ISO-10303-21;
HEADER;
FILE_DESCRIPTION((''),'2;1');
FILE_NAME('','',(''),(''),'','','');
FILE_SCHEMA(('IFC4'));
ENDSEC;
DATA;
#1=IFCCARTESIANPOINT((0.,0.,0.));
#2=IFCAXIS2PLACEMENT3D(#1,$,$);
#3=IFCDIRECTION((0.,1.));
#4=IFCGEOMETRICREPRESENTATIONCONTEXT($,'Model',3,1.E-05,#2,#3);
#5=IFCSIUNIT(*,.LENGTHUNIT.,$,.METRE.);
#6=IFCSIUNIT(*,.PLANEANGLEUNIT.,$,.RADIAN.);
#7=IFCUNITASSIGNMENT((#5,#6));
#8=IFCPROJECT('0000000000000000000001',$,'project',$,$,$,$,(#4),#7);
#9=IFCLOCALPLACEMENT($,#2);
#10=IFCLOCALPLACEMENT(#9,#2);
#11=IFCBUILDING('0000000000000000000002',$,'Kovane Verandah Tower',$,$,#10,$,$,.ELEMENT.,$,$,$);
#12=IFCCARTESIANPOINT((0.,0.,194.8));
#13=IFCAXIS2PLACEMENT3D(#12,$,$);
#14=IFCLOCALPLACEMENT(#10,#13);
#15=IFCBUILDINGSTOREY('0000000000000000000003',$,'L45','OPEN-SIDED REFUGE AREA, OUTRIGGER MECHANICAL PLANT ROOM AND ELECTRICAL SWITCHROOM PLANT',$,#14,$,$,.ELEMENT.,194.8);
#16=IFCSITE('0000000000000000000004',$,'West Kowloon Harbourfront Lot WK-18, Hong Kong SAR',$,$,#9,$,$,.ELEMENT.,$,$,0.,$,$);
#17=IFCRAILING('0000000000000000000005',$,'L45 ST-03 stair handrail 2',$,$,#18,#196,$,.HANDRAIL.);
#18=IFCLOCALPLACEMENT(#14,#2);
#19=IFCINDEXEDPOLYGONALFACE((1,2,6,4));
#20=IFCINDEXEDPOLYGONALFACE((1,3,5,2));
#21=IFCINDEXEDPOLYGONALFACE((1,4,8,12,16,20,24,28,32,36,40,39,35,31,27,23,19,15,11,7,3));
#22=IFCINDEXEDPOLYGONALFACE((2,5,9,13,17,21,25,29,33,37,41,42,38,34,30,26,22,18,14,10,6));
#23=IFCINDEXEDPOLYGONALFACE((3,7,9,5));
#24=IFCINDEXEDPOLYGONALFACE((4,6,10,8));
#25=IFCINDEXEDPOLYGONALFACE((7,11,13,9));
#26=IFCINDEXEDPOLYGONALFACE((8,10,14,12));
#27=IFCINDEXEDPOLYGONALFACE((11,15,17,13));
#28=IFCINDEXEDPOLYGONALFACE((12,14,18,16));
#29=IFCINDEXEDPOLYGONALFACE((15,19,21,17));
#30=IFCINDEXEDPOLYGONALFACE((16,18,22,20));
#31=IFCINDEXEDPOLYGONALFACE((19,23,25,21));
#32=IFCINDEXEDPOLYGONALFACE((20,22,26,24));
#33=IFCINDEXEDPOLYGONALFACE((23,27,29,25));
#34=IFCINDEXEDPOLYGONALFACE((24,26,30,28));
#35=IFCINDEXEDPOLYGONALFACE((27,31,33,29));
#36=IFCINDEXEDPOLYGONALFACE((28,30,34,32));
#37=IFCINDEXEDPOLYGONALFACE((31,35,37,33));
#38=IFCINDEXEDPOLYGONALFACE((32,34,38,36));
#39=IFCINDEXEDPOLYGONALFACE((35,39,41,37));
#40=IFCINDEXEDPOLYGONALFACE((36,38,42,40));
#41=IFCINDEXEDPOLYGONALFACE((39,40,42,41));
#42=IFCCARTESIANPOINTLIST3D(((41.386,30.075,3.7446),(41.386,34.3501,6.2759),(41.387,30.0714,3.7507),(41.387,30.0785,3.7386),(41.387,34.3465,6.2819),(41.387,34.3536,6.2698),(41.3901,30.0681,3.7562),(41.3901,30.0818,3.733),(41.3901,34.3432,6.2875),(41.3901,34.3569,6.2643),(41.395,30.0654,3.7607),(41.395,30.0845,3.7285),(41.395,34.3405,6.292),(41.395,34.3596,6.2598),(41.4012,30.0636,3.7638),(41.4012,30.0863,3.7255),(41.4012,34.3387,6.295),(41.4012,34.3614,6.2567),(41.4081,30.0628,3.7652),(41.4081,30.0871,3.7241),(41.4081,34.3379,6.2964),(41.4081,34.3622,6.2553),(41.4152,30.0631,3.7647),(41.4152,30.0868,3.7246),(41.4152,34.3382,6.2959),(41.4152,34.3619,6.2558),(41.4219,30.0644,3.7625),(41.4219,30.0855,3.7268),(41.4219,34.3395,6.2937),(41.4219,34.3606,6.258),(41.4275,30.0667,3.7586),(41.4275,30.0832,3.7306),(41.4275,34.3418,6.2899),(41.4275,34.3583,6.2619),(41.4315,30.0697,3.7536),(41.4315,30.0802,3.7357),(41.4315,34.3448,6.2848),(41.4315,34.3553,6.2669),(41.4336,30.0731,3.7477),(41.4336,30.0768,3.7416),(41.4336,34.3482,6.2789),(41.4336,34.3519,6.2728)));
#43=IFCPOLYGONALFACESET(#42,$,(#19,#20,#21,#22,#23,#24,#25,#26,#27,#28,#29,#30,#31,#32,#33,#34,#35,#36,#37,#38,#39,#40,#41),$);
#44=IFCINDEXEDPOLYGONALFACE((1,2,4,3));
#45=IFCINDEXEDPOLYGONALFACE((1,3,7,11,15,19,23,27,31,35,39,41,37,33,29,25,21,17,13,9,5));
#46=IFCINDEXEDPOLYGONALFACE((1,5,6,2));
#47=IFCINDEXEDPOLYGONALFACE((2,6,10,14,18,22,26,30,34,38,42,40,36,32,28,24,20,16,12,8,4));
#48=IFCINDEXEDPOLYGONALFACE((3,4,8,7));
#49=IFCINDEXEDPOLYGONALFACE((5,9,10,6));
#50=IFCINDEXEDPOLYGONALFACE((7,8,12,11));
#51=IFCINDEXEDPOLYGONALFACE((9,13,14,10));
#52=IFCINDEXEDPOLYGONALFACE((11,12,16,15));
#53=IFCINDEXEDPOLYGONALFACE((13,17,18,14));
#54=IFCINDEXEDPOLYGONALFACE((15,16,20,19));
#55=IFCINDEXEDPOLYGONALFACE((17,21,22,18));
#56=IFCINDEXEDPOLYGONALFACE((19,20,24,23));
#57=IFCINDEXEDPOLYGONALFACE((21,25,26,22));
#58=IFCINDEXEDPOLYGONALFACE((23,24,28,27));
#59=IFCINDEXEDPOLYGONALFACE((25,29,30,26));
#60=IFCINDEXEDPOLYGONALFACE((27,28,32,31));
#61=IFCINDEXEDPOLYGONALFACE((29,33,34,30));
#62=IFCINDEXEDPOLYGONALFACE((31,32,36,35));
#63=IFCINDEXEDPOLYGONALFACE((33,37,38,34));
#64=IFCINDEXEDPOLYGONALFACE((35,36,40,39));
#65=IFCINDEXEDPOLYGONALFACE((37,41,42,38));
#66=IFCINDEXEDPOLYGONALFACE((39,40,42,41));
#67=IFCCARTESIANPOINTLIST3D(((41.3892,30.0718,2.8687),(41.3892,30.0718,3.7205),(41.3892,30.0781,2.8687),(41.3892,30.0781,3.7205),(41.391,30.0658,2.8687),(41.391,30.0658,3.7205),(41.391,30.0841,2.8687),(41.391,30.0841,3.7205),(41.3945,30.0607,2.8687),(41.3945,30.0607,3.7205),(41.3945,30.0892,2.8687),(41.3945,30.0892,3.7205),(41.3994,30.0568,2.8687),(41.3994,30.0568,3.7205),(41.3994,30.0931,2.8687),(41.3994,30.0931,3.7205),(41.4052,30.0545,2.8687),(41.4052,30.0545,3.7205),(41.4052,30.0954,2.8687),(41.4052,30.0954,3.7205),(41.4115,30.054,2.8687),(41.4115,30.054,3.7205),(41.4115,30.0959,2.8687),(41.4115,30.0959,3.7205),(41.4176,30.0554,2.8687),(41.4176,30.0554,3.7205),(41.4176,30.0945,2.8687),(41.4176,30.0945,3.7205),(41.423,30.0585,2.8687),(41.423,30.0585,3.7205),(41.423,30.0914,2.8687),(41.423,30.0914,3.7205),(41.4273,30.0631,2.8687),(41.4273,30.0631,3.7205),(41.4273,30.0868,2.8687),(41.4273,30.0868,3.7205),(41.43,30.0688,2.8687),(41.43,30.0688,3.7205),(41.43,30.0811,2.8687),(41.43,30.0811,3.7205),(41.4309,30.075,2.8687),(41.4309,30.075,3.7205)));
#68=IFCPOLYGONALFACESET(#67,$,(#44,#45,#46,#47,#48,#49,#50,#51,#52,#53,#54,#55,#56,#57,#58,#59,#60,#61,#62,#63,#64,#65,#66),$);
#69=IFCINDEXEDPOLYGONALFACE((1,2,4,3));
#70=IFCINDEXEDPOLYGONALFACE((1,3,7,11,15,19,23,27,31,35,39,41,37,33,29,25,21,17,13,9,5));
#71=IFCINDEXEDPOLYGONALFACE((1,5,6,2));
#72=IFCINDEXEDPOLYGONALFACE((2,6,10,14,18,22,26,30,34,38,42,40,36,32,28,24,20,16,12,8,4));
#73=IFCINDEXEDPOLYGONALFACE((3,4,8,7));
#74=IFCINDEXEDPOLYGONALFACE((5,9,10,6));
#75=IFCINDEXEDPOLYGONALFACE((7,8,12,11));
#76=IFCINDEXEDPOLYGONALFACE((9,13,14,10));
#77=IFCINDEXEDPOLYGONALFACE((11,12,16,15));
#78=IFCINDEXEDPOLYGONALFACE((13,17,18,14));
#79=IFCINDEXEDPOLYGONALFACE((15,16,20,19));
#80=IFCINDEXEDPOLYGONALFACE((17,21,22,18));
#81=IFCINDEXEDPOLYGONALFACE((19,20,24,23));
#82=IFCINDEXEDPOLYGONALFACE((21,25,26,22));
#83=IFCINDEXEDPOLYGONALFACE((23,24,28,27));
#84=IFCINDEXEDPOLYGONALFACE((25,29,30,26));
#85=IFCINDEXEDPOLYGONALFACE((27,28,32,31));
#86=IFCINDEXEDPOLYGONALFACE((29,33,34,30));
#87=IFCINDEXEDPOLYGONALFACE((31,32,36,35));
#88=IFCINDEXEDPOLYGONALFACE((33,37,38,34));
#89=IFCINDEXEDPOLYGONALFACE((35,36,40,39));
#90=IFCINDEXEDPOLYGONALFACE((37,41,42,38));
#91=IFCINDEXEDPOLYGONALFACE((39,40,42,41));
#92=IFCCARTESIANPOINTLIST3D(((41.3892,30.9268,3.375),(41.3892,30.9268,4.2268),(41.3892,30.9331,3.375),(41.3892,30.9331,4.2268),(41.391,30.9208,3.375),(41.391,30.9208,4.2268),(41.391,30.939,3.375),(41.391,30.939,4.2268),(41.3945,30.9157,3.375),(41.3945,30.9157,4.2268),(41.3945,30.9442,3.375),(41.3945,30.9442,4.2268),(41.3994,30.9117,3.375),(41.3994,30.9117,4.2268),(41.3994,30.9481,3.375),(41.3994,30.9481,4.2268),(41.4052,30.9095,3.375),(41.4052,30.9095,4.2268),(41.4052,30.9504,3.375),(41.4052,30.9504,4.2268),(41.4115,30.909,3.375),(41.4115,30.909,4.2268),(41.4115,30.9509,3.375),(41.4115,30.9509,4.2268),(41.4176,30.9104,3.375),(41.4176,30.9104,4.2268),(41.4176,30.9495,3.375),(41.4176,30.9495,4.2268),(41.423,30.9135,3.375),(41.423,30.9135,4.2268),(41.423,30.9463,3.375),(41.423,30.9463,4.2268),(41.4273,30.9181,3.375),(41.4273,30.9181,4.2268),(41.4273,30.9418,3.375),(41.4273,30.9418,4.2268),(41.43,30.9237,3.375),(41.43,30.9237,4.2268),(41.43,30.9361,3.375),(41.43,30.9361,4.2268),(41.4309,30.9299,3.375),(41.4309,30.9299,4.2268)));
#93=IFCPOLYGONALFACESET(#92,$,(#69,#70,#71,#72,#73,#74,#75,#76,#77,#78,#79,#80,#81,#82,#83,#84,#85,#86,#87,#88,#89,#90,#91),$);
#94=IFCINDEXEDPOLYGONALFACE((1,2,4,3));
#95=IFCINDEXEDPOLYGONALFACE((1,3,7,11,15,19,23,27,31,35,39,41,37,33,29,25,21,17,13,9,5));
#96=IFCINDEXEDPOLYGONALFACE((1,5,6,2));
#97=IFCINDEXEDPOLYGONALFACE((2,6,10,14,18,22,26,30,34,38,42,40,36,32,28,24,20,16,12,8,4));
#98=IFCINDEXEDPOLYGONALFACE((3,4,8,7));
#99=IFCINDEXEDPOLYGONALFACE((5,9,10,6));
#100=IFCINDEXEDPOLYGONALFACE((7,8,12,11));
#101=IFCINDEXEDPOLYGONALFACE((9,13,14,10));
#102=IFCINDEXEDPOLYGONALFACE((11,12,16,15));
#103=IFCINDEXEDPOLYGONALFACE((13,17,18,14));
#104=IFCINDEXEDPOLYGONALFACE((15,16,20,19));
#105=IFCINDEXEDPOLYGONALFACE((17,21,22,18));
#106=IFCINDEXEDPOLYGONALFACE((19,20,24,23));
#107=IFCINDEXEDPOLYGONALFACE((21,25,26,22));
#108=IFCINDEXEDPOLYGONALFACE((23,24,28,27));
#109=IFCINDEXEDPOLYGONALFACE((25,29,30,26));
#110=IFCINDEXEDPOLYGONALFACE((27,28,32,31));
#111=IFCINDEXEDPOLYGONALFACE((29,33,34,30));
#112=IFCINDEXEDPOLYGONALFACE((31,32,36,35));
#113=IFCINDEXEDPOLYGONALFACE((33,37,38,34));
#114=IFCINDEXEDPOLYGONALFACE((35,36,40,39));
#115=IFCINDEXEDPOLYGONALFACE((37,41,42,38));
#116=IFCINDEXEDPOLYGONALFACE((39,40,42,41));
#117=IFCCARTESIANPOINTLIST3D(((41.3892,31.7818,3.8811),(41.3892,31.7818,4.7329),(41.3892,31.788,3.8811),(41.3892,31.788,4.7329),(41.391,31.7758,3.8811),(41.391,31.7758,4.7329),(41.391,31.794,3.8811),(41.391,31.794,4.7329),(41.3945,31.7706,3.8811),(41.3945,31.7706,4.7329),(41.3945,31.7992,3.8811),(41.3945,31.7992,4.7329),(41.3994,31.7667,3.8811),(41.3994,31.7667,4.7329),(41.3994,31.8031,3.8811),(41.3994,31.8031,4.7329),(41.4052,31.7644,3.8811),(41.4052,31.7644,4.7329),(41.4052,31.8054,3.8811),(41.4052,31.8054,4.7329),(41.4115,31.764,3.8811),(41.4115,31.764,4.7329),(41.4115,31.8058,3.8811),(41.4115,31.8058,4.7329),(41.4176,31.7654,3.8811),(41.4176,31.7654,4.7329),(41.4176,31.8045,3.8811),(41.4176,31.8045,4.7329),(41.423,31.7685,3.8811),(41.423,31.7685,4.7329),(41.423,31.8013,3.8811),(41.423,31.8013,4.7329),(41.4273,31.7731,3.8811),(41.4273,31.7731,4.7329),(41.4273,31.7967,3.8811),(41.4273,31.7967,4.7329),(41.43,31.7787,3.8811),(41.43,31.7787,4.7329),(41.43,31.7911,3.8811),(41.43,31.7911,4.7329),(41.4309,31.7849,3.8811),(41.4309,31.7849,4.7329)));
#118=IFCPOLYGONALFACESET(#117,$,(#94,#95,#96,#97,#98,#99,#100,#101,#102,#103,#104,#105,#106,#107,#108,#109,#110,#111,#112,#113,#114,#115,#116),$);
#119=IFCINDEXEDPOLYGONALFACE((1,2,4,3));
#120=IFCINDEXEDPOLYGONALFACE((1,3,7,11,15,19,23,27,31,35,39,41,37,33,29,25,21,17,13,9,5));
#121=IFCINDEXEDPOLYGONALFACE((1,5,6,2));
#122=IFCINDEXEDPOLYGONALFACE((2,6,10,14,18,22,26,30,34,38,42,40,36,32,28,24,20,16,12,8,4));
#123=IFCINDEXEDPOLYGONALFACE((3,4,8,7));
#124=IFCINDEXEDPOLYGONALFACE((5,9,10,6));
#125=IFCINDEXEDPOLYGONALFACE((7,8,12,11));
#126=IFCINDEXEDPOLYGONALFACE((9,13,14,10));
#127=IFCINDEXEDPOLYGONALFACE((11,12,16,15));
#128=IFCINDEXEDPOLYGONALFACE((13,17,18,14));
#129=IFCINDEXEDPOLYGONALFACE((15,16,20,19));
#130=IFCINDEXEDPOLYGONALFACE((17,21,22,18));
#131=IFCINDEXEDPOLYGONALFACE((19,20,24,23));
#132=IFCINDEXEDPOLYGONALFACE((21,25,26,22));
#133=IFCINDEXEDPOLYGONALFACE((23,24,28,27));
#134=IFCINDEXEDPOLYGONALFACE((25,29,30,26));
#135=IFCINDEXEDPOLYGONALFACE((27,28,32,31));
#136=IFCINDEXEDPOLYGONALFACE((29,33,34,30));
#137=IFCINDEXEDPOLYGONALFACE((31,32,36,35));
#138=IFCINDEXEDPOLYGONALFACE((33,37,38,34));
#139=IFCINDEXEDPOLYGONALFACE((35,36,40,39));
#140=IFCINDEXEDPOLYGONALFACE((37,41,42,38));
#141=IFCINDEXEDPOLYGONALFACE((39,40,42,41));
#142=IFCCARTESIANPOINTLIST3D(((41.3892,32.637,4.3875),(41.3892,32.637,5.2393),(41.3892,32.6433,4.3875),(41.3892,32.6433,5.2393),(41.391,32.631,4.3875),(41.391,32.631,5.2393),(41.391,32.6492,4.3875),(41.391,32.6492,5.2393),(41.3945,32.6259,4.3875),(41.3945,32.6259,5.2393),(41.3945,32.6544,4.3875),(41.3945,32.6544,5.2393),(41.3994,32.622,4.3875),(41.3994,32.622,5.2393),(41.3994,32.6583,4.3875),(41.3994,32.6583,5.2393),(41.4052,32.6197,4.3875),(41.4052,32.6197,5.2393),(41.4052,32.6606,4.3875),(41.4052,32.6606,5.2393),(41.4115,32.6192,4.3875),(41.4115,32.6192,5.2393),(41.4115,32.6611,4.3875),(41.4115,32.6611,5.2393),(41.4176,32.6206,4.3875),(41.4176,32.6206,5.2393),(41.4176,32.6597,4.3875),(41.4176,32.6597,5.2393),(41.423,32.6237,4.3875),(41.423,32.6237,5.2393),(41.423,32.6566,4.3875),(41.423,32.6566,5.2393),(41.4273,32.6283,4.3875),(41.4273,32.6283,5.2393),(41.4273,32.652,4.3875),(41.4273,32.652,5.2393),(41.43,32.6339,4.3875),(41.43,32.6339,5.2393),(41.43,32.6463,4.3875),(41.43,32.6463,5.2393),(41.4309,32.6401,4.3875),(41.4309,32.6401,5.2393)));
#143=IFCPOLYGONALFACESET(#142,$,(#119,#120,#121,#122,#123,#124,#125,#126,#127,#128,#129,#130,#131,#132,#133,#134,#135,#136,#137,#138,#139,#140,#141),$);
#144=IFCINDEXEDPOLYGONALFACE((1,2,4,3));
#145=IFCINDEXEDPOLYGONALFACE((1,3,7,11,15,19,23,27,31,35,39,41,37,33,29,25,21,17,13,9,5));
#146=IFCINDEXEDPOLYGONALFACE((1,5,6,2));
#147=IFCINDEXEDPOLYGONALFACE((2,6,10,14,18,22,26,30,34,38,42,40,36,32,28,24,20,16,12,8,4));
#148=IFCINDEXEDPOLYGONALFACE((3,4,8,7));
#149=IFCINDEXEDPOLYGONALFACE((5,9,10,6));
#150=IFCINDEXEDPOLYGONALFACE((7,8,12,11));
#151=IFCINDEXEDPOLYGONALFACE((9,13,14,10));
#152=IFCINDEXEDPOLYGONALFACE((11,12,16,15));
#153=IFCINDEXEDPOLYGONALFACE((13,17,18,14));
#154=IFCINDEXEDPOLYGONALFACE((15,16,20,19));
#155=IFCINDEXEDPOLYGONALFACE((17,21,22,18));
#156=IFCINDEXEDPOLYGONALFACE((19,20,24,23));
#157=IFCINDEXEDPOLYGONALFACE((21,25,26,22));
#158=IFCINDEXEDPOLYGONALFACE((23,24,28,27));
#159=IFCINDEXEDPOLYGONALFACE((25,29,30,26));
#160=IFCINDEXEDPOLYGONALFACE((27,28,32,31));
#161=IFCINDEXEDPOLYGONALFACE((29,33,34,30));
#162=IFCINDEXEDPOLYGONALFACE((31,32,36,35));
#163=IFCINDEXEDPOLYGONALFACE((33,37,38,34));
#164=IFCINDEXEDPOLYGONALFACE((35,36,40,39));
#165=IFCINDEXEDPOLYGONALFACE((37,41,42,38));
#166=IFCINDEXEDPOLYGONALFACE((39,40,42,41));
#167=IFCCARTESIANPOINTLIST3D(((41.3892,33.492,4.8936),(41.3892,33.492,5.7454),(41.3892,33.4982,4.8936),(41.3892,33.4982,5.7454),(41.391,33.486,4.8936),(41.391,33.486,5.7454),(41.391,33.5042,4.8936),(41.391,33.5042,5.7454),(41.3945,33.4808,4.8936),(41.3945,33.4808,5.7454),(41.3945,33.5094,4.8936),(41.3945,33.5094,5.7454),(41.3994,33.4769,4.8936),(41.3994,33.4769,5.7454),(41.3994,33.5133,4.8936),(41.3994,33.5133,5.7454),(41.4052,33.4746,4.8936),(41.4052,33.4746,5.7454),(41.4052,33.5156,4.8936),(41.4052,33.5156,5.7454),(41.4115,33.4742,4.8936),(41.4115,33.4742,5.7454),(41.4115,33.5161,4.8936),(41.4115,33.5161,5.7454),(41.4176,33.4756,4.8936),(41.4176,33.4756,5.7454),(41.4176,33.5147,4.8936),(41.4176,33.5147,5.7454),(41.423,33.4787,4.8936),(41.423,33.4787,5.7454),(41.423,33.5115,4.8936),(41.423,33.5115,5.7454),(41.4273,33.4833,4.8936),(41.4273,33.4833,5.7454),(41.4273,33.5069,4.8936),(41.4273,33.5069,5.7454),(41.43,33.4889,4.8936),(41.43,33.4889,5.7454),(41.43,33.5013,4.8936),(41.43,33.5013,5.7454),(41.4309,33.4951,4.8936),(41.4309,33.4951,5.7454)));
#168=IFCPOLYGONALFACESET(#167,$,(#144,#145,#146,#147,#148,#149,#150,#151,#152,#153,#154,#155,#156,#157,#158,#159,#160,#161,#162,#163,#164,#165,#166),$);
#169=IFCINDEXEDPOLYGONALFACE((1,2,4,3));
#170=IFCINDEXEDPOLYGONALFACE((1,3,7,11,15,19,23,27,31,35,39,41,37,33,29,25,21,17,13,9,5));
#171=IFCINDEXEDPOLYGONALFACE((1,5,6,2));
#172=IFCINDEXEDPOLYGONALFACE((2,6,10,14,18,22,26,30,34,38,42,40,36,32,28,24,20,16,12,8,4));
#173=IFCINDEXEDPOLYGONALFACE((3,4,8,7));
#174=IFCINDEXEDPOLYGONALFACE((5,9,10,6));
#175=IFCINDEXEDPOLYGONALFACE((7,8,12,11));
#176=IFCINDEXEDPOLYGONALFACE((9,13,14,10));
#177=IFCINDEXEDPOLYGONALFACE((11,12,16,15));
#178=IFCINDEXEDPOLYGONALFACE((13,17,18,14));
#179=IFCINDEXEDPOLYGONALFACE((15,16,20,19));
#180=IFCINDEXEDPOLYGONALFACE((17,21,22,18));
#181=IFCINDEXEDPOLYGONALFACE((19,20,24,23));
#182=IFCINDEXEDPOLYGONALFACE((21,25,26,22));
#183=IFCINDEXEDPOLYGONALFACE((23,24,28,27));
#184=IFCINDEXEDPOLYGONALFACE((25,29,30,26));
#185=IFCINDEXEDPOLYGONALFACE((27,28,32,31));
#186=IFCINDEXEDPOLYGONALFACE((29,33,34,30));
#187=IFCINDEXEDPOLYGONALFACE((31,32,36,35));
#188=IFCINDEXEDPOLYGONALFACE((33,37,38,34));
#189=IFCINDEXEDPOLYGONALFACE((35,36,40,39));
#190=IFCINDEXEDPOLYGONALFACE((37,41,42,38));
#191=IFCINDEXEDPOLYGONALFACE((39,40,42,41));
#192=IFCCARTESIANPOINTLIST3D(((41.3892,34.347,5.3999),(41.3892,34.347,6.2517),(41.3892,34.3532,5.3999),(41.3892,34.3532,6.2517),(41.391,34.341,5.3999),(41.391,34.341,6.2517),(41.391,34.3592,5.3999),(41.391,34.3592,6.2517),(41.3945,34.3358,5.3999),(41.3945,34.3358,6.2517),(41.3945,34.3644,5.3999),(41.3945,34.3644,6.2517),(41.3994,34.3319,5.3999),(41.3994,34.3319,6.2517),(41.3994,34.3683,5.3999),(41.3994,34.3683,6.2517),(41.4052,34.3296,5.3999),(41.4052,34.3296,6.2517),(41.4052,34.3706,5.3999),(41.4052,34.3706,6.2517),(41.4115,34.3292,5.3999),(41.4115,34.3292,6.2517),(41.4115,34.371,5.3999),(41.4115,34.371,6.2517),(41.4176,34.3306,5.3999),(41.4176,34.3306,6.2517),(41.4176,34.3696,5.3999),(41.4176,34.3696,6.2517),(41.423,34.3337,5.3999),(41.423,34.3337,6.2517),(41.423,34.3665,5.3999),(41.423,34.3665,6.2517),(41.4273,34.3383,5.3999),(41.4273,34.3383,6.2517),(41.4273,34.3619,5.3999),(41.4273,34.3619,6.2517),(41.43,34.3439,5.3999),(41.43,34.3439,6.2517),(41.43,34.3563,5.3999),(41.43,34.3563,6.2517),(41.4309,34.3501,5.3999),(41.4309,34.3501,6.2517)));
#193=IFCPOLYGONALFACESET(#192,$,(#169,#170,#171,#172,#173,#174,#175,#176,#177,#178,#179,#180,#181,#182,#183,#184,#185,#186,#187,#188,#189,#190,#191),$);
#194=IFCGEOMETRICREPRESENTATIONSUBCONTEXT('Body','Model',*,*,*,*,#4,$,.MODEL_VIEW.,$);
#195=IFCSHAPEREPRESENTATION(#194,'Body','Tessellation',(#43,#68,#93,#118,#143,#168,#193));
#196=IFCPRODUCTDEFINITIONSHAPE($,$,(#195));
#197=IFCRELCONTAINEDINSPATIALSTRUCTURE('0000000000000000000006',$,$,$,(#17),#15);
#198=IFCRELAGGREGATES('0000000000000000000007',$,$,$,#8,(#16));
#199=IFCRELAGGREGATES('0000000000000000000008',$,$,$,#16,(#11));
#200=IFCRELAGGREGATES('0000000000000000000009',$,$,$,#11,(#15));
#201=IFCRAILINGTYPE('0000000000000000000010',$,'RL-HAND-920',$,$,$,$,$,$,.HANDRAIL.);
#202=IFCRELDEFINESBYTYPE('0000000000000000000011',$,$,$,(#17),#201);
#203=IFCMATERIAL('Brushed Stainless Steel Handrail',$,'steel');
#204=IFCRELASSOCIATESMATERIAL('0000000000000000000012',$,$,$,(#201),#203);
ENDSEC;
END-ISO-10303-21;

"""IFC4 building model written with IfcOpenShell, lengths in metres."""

from ifc_helpers import new_model, si_unit, direction, frame, origin, origin_2d, place, context, subcontext, project, spatial, circle, extrude, material, type_object, element, save


model = new_model("IFC4")

# Units and contexts
model_context = context("Model", 3, precision=1e-05, world=origin(), true_north=direction((0.0, 1.0)))
body_context = subcontext(model_context, "Body", "Model", "MODEL_VIEW")
ifc_project = project(units=[si_unit("LENGTHUNIT", "METRE"), si_unit("PLANEANGLEUNIT", "RADIAN")], contexts=[model_context])

# Site, building, storey
site_placement = place(None, origin())
site = spatial("IfcSite", under=ifc_project, at=site_placement, Name="West Kowloon Harbourfront Lot WK-18, Hong Kong SAR", CompositionType="ELEMENT", RefElevation=0.0)
building_placement = place(site_placement, origin())
building = spatial("IfcBuilding", under=site, at=building_placement, Name="Kovane Verandah Tower", CompositionType="ELEMENT")
storey_placement = place(building_placement, frame((0.0, 0.0, 194.8)))
storey = spatial("IfcBuildingStorey", under=building, at=storey_placement, Name="L45", Description="OPEN-SIDED REFUGE AREA, OUTRIGGER MECHANICAL PLANT ROOM AND ELECTRICAL SWITCHROOM PLANT", CompositionType="ELEMENT", Elevation=194.8)

# Railing
ifc_material_1 = material(Name="Brushed Stainless Steel Handrail", Category="steel")
railing_type_1 = type_object("IfcRailingType", Name="RL-HAND-920", PredefinedType="HANDRAIL", material=ifc_material_1)
railing_1_placement = place(storey_placement, frame((41.4099, 30.075, 2.8687)))
element("IfcRailing", 1, at=railing_1_placement, inside=storey, type_object=railing_type_1, Name="L45 ST-03 stair handrail 2", PredefinedType="HANDRAIL", context=body_context, shape_type="SweptSolid", body=[
    extrude(circle(Radius=0.0239, at=origin_2d()), frame((0.0, 0.0, 0.876), z_axis=(0.0, 0.860483, 0.509479), x_axis=(-1.0, 0.0, 0.0)), (0.0, 0.0, 1.0), 4.9683),
    extrude(circle(Radius=0.021, at=origin_2d()), origin(), (0.0, 0.0, 1.0), 0.8518),
    extrude(circle(Radius=0.021, at=origin_2d()), frame((0.0, 0.855, 0.5063)), (0.0, 0.0, 1.0), 0.8518),
    extrude(circle(Radius=0.021, at=origin_2d()), frame((0.0, 1.71, 1.0125)), (0.0, 0.0, 1.0), 0.8518),
    extrude(circle(Radius=0.021, at=origin_2d()), frame((0.0, 2.5652, 1.5188)), (0.0, 0.0, 1.0), 0.8518),
    extrude(circle(Radius=0.021, at=origin_2d()), frame((0.0, 3.4202, 2.0249)), (0.0, 0.0, 1.0), 0.8518),
    extrude(circle(Radius=0.021, at=origin_2d()), frame((0.0, 4.2751, 2.5312)), (0.0, 0.0, 1.0), 0.8518),
])

save(model, "model.ifc")
